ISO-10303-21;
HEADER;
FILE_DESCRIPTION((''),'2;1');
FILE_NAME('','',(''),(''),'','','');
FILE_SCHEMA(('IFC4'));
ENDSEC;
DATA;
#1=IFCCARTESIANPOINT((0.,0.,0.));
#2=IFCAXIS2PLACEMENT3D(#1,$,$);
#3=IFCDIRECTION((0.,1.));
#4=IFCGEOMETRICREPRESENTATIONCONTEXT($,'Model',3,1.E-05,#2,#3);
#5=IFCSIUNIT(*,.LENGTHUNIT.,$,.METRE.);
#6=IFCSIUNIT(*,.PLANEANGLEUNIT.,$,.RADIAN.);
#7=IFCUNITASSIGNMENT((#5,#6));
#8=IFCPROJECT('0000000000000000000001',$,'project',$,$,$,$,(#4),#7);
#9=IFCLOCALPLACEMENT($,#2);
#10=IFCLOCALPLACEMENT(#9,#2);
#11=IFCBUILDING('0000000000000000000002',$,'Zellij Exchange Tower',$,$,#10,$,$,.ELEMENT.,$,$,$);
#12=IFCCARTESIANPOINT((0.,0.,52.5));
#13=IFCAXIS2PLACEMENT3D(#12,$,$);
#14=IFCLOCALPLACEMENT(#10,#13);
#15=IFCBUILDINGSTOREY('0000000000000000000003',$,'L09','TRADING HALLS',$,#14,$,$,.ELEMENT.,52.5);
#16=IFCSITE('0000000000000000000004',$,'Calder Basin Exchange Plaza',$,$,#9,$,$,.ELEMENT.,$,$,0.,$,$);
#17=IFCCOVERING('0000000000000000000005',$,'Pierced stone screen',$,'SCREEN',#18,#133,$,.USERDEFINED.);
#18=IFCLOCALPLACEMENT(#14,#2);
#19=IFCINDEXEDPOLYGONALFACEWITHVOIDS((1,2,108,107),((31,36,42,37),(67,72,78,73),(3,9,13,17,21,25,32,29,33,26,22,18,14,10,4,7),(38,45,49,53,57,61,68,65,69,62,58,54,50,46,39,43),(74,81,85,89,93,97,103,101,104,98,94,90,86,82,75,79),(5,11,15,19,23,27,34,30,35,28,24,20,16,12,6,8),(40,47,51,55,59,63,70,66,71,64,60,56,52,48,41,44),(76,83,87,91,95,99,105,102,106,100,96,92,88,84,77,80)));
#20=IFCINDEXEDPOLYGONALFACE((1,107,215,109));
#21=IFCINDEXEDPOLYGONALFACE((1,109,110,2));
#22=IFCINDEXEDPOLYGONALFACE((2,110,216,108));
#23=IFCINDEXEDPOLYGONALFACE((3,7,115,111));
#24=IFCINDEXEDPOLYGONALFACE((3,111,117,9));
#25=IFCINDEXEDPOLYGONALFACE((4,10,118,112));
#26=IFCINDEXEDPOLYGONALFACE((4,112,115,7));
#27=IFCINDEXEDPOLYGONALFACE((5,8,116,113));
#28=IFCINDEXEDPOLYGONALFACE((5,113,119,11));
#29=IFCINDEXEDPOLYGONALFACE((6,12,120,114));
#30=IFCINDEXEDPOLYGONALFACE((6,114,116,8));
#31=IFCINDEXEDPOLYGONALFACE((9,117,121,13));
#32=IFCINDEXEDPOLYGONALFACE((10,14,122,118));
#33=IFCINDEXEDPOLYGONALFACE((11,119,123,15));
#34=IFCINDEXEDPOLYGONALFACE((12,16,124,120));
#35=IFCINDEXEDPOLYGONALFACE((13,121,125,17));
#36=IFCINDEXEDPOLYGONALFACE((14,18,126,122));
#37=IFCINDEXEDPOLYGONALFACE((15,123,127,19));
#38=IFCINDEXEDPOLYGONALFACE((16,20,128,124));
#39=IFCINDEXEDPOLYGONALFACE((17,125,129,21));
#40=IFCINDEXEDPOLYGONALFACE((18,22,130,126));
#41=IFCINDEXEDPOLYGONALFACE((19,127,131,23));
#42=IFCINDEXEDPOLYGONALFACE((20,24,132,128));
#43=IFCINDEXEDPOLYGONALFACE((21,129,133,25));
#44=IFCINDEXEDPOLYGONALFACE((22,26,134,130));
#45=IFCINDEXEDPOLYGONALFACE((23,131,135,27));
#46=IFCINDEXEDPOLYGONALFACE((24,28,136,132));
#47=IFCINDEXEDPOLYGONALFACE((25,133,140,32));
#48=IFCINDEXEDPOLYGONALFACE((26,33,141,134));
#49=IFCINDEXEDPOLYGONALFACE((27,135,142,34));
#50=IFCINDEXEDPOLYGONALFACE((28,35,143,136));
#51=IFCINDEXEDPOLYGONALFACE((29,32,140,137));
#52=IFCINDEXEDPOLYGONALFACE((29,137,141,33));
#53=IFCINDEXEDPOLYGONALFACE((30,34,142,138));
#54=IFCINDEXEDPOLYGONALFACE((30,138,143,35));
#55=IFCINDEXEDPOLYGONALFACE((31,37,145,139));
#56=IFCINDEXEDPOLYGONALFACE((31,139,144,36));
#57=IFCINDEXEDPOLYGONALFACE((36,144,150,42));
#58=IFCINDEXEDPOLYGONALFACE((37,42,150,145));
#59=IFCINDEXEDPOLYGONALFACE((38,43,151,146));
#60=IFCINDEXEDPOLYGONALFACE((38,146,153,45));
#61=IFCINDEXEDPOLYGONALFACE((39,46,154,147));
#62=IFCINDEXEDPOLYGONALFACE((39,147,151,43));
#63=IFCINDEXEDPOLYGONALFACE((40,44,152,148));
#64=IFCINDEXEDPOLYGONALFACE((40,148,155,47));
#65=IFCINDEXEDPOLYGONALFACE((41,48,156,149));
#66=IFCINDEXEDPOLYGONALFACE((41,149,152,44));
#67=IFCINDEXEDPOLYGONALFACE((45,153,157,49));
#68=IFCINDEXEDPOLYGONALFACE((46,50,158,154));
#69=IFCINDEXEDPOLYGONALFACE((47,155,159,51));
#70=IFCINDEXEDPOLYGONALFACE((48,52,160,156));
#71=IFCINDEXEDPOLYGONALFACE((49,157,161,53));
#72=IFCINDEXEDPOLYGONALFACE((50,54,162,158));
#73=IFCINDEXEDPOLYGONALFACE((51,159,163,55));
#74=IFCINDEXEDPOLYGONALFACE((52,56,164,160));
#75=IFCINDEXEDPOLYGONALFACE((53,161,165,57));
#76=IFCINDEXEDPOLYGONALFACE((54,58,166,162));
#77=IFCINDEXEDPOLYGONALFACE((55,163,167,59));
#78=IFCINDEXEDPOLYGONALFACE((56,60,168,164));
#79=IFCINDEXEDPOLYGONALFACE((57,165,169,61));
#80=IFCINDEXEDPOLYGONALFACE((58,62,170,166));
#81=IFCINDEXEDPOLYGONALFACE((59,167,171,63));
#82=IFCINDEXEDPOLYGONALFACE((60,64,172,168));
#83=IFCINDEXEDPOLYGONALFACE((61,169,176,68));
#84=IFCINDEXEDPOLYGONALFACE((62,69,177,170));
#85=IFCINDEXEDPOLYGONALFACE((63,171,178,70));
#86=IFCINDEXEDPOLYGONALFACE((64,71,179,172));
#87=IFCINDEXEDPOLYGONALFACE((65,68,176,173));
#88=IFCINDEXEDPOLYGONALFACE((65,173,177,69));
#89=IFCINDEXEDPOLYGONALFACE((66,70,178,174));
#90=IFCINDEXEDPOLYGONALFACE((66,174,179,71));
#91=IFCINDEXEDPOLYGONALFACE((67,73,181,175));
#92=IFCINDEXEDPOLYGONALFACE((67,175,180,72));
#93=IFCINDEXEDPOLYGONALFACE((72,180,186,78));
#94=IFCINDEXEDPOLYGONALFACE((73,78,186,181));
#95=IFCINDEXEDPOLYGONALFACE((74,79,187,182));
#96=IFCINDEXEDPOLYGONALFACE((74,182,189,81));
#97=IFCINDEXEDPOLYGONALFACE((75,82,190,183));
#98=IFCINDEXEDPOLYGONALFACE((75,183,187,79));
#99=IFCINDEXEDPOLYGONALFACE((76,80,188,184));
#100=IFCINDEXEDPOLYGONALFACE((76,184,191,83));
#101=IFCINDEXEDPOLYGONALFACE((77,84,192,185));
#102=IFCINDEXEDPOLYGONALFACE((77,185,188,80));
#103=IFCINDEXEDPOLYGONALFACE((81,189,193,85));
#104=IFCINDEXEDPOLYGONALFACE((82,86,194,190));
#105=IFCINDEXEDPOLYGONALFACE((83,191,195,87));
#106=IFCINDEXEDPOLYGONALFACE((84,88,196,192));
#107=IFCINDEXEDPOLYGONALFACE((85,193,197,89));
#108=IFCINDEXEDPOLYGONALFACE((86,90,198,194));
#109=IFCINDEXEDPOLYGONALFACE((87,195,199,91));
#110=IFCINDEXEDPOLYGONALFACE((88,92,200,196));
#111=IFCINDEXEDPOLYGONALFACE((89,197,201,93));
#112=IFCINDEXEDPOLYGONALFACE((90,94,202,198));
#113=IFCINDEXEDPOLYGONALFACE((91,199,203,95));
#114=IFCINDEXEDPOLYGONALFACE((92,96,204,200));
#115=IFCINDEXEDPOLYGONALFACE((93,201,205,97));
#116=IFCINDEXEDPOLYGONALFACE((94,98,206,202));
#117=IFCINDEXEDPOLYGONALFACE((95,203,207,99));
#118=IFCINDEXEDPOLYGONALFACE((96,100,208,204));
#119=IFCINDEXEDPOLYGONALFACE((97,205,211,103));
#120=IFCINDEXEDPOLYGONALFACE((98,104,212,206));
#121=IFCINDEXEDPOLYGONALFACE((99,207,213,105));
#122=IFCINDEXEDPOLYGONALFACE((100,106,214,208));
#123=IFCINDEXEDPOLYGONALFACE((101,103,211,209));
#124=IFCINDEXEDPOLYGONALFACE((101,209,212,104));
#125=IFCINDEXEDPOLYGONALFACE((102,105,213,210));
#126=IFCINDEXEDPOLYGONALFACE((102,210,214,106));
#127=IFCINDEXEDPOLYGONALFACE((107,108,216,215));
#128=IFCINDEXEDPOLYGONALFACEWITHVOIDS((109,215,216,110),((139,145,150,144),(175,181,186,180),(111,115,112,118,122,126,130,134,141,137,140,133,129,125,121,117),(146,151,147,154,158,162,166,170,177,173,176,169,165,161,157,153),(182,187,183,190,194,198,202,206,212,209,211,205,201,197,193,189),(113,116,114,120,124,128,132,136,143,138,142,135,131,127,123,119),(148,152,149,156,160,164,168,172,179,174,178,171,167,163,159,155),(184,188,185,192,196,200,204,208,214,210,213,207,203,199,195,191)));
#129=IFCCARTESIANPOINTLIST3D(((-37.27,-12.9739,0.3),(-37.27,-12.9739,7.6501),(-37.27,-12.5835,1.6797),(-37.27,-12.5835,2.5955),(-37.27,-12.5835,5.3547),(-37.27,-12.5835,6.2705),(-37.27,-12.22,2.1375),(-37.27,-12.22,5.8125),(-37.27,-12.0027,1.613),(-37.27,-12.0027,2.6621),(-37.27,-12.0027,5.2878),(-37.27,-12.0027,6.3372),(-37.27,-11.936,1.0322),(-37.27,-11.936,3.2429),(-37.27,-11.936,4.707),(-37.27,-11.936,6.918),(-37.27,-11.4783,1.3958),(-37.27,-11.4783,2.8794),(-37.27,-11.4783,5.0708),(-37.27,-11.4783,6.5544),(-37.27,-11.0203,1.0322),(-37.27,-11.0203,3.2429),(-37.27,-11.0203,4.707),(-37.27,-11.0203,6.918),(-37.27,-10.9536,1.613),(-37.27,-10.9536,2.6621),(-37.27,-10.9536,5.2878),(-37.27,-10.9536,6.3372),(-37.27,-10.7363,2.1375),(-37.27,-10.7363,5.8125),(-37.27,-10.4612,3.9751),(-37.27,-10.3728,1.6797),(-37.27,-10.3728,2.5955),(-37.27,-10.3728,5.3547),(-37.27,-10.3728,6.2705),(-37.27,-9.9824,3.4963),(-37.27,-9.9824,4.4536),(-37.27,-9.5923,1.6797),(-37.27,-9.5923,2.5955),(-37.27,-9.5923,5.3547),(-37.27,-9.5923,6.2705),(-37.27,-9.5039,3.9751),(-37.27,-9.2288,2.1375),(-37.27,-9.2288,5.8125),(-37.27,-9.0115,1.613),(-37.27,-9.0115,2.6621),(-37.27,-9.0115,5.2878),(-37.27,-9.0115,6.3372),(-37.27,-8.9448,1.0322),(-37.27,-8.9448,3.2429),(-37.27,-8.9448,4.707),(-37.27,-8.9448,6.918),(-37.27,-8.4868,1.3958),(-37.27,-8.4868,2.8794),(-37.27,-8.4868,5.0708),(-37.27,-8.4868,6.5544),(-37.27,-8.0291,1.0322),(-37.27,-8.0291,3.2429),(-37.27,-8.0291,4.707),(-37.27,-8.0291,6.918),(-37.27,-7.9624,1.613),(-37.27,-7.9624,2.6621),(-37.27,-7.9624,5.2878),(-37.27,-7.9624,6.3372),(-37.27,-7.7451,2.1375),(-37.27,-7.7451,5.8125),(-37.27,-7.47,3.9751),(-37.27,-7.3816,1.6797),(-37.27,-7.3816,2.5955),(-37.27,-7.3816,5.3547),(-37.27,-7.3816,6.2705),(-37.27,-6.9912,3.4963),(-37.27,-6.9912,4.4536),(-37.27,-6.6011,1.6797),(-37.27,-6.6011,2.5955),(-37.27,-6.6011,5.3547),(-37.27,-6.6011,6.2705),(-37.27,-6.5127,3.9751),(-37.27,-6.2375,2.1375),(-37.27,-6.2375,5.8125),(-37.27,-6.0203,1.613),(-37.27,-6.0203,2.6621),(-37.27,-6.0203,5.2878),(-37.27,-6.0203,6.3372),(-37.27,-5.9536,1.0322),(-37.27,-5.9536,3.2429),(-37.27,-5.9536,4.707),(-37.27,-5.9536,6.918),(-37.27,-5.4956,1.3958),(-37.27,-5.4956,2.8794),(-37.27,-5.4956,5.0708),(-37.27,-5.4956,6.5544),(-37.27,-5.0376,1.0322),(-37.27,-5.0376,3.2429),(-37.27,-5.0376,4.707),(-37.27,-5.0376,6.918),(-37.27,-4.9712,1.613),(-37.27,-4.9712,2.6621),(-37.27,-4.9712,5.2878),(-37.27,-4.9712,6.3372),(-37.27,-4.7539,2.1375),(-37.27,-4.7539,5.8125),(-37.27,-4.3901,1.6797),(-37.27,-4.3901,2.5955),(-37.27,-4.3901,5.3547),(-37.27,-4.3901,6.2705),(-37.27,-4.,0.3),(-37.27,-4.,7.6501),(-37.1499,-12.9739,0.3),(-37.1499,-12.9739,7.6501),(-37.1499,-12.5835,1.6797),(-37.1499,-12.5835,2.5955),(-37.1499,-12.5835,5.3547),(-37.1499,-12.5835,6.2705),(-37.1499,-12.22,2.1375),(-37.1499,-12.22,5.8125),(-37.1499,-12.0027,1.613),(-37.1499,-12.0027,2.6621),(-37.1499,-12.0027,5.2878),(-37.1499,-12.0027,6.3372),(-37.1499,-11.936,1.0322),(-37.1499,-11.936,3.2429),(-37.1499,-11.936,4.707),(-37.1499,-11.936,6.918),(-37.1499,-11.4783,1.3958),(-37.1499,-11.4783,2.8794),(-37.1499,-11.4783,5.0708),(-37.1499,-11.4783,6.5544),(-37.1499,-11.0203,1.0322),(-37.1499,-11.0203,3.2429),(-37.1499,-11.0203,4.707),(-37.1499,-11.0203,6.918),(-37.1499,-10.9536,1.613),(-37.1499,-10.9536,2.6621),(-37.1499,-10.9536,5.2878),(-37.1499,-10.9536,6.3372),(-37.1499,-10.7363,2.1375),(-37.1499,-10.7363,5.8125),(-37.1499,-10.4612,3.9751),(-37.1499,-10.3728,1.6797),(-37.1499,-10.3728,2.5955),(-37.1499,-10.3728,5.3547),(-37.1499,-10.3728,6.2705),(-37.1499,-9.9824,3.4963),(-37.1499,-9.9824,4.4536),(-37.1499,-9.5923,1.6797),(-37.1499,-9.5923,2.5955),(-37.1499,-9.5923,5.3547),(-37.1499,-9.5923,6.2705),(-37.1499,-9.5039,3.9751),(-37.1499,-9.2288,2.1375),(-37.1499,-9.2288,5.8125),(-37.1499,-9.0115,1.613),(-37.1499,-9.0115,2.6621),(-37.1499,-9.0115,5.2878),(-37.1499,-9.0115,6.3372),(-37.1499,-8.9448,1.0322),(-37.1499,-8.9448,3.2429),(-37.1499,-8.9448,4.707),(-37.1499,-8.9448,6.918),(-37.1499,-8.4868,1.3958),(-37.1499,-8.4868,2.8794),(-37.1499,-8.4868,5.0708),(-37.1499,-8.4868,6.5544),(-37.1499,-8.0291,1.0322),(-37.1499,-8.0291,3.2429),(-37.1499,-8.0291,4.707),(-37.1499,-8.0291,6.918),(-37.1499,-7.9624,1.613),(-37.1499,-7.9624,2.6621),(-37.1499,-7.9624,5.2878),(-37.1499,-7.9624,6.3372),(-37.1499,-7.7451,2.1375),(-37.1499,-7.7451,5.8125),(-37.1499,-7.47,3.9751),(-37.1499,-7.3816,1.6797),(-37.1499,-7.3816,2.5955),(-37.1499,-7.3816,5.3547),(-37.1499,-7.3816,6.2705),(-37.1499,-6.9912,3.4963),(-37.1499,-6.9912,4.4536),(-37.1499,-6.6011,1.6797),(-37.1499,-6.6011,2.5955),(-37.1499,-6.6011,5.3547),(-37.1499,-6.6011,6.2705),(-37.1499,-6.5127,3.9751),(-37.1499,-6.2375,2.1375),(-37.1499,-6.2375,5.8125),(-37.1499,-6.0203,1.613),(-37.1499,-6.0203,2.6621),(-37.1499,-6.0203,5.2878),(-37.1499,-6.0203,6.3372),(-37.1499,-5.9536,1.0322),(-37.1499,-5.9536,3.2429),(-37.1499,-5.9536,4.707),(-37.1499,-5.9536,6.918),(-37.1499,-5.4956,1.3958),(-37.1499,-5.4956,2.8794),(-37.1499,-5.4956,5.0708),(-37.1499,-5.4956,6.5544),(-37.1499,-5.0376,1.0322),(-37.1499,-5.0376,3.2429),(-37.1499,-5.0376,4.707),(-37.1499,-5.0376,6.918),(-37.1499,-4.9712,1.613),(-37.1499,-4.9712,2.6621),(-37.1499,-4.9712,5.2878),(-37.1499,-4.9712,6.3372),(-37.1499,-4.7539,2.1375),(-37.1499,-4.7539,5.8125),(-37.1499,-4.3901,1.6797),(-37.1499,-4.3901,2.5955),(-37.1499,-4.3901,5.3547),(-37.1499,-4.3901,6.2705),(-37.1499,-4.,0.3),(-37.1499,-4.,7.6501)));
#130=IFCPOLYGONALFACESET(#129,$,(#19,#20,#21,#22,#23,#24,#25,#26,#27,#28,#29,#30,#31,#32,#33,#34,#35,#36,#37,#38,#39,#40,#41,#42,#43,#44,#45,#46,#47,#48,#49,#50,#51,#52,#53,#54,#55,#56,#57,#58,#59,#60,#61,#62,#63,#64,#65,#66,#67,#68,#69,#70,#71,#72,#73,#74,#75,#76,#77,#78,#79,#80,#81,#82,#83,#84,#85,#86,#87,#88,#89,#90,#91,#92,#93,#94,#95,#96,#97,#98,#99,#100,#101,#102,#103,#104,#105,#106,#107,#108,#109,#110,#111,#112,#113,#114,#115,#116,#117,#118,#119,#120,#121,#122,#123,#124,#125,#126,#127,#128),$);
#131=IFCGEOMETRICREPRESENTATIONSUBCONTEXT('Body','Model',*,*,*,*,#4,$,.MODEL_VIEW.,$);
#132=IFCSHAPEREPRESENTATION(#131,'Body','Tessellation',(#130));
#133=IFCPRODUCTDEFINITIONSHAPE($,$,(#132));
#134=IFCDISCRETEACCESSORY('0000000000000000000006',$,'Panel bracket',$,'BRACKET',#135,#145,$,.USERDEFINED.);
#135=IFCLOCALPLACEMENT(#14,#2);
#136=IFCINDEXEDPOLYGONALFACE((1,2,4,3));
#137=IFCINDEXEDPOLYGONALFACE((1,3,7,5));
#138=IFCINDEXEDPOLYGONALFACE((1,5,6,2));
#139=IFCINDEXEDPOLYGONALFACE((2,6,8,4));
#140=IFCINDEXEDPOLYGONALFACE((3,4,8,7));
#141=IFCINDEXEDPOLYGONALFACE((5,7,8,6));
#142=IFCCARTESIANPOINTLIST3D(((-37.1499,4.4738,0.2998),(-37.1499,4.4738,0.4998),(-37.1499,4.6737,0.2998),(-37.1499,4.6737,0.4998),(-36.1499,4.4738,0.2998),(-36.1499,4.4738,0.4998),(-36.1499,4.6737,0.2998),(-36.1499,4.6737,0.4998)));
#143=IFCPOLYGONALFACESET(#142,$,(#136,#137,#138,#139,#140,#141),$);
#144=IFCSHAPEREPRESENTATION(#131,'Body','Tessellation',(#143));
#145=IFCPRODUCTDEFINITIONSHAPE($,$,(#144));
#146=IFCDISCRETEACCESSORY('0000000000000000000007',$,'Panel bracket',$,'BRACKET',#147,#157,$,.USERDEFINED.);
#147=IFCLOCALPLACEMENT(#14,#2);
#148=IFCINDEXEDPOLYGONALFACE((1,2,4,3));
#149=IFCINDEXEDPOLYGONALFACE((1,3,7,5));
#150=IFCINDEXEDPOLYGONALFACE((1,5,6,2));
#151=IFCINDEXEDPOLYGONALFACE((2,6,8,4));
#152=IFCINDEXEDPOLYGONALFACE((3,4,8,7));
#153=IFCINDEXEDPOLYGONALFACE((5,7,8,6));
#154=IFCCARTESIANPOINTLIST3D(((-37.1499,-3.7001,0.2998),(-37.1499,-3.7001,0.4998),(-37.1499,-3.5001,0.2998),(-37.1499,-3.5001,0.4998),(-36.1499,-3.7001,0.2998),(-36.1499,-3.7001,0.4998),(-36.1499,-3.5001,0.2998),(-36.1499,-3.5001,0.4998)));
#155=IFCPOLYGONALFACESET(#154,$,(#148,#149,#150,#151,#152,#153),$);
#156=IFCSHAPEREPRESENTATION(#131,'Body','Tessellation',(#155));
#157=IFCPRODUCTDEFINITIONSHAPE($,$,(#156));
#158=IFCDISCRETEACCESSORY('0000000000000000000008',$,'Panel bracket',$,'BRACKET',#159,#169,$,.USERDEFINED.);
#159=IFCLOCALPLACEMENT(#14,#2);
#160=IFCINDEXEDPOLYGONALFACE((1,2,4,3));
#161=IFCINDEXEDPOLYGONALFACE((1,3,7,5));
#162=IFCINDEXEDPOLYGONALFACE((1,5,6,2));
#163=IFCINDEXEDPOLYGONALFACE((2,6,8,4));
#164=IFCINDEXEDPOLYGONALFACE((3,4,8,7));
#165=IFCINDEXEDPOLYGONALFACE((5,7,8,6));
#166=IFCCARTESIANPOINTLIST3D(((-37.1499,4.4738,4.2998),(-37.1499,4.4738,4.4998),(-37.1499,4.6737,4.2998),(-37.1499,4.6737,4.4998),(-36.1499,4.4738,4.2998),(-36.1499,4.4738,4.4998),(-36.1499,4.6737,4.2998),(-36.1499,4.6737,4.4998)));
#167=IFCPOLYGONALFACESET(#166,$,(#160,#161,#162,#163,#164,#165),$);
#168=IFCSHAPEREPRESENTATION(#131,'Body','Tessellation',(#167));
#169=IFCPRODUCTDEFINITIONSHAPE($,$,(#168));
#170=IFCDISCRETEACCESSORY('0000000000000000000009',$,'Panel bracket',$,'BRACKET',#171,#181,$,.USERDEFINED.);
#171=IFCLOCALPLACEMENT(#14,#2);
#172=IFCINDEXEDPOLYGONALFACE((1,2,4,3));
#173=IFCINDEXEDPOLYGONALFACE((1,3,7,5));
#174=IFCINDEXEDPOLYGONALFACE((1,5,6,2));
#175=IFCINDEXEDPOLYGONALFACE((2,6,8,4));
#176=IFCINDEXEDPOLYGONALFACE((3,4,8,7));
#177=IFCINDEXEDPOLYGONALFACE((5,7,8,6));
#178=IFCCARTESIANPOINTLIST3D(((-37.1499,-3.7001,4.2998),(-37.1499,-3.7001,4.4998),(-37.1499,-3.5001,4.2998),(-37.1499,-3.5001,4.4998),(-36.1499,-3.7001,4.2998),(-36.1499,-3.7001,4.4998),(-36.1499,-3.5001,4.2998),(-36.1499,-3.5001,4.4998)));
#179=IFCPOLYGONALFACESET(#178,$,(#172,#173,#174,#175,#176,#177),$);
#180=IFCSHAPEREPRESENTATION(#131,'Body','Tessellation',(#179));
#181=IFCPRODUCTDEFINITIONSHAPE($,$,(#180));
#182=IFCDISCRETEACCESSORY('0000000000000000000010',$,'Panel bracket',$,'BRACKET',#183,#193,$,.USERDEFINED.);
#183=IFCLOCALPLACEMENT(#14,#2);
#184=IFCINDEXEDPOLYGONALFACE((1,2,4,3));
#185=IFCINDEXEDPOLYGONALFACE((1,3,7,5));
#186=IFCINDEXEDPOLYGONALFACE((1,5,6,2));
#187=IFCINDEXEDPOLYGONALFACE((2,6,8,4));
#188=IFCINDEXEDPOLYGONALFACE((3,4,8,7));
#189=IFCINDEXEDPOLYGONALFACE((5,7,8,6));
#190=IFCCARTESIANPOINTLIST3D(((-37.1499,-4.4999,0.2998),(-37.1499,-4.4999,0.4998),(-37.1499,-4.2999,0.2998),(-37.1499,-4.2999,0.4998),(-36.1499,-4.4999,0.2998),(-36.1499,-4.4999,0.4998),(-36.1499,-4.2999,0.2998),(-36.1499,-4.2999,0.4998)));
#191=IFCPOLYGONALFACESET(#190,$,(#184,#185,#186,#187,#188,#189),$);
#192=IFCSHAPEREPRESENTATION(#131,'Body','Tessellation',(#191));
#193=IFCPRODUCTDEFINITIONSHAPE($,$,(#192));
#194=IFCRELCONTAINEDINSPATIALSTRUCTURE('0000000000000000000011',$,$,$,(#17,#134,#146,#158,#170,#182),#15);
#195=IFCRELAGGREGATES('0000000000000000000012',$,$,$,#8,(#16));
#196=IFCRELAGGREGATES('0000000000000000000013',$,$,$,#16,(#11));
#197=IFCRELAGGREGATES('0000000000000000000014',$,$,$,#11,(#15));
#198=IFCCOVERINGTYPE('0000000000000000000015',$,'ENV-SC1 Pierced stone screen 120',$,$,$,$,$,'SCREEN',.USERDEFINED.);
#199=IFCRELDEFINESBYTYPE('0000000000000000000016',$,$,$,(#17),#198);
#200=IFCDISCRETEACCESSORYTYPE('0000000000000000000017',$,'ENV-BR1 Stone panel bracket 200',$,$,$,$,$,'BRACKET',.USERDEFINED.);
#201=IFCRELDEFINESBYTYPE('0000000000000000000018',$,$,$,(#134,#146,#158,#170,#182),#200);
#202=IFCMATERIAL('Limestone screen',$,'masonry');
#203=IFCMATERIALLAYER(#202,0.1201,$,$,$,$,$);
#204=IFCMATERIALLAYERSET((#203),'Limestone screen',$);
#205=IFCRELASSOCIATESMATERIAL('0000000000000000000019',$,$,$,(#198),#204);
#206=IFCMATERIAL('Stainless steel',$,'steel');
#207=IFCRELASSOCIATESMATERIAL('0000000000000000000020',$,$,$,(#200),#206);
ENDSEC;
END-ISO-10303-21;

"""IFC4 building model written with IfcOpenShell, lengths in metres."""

from ifc_helpers import new_model, si_unit, direction, frame, origin, origin_2d, place, context, subcontext, project, spatial, polyline, rectangle, outline, extrude, material, layer, layer_set, type_object, element, save


model = new_model("IFC4")

# Units and contexts
model_context = context("Model", 3, precision=1e-05, world=origin(), true_north=direction((0.0, 1.0)))
body_context = subcontext(model_context, "Body", "Model", "MODEL_VIEW")
ifc_project = project(units=[si_unit("LENGTHUNIT", "METRE"), si_unit("PLANEANGLEUNIT", "RADIAN")], contexts=[model_context])

# Site, building, storey
site_placement = place(None, origin())
site = spatial("IfcSite", under=ifc_project, at=site_placement, Name="Calder Basin Exchange Plaza", CompositionType="ELEMENT", RefElevation=0.0)
building_placement = place(site_placement, origin())
building = spatial("IfcBuilding", under=site, at=building_placement, Name="Zellij Exchange Tower", CompositionType="ELEMENT")
storey_placement = place(building_placement, frame((0.0, 0.0, 52.5)))
storey = spatial("IfcBuildingStorey", under=building, at=storey_placement, Name="L09", Description="TRADING HALLS", CompositionType="ELEMENT", Elevation=52.5)

# Covering
ifc_material_1 = material(Name="Limestone screen", Category="masonry")
ifc_layer_1 = layer(ifc_material_1, 0.1201)
ifc_layer_set_1 = layer_set([ifc_layer_1], Name="Limestone screen")
covering_type = type_object("IfcCoveringType", Name="ENV-SC1 Pierced stone screen 120", ElementType="SCREEN", PredefinedType="USERDEFINED", material=ifc_layer_set_1)
covering_1_placement = place(storey_placement, frame((-37.21, -4.0, 0.3), z_axis=(0.0, 0.0, 1.0), x_axis=(0.0, -1.0, 0.0)))
element("IfcCovering", 1, at=covering_1_placement, inside=storey, type_object=covering_type, Name="Pierced stone screen", ObjectType="SCREEN", PredefinedType="USERDEFINED", context=body_context, shape_type="SweptSolid", body=[
    extrude(outline(polyline([(0.0, 0.0), (8.9739, 0.0), (8.9739, 7.3501), (0.0, 7.3501), (0.0, 0.0)]), holes=[polyline([(2.6011, 2.2954), (2.0203, 2.3621), (1.9536, 2.9429), (1.4956, 2.5793), (1.0376, 2.9429), (0.9712, 2.3621), (0.3901, 2.2954), (0.7539, 1.8374), (0.3901, 1.3796), (0.9712, 1.313), (1.0376, 0.7322), (1.4956, 1.0957), (1.9536, 0.7322), (2.0203, 1.313), (2.6011, 1.3796), (2.2375, 1.8374), (2.6011, 2.2954)]), polyline([(2.6011, 5.9705), (2.0203, 6.0371), (1.9536, 6.6179), (1.4956, 6.2544), (1.0376, 6.6179), (0.9712, 6.0371), (0.3901, 5.9705), (0.7539, 5.5125), (0.3901, 5.0547), (0.9712, 4.9878), (1.0376, 4.407), (1.4956, 4.7708), (1.9536, 4.407), (2.0203, 4.9878), (2.6011, 5.0547), (2.2375, 5.5125), (2.6011, 5.9705)]), polyline([(5.5923, 2.2954), (5.0115, 2.3621), (4.9448, 2.9429), (4.4868, 2.5793), (4.0291, 2.9429), (3.9624, 2.3621), (3.3816, 2.2954), (3.7451, 1.8374), (3.3816, 1.3796), (3.9624, 1.313), (4.0291, 0.7322), (4.4868, 1.0957), (4.9448, 0.7322), (5.0115, 1.313), (5.5923, 1.3796), (5.2288, 1.8374), (5.5923, 2.2954)]), polyline([(5.5923, 5.9705), (5.0115, 6.0371), (4.9448, 6.6179), (4.4868, 6.2544), (4.0291, 6.6179), (3.9624, 6.0371), (3.3816, 5.9705), (3.7451, 5.5125), (3.3816, 5.0547), (3.9624, 4.9878), (4.0291, 4.407), (4.4868, 4.7708), (4.9448, 4.407), (5.0115, 4.9878), (5.5923, 5.0547), (5.2288, 5.5125), (5.5923, 5.9705)]), polyline([(8.5835, 2.2954), (8.0027, 2.3621), (7.936, 2.9429), (7.4783, 2.5793), (7.0203, 2.9429), (6.9536, 2.3621), (6.3728, 2.2954), (6.7363, 1.8374), (6.3728, 1.3796), (6.9536, 1.313), (7.0203, 0.7322), (7.4783, 1.0957), (7.936, 0.7322), (8.0027, 1.313), (8.5835, 1.3796), (8.22, 1.8374), (8.5835, 2.2954)]), polyline([(8.5835, 5.9705), (8.0027, 6.0371), (7.936, 6.6179), (7.4783, 6.2544), (7.0203, 6.6179), (6.9536, 6.0371), (6.3728, 5.9705), (6.7363, 5.5125), (6.3728, 5.0547), (6.9536, 4.9878), (7.0203, 4.407), (7.4783, 4.7708), (7.936, 4.407), (8.0027, 4.9878), (8.5835, 5.0547), (8.22, 5.5125), (8.5835, 5.9705)]), polyline([(3.47, 3.675), (2.9912, 4.1536), (2.5127, 3.675), (2.9912, 3.1963), (3.47, 3.675)]), polyline([(6.4612, 3.675), (5.9824, 4.1536), (5.5039, 3.675), (5.9824, 3.1963), (6.4612, 3.675)])]), frame((0.0, 0.0601, 0.0), z_axis=(0.0, -1.0, 0.0), x_axis=(1.0, 0.0, 0.0)), (0.0, 0.0, 1.0), 0.1201),
])

# Discrete accessories
ifc_material_2 = material(Name="Stainless steel", Category="steel")
discrete_accessory_type = type_object("IfcDiscreteAccessoryType", Name="ENV-BR1 Stone panel bracket 200", ElementType="BRACKET", PredefinedType="USERDEFINED", material=ifc_material_2)
for number, where, z_axis, x_axis, name in (
    (2, (-36.6499, 4.5737, 0.2998), (0.0, 0.0, 1.0), (0.0, -1.0, 0.0), "Panel bracket"),
    (3, (-36.6499, -3.6001, 0.2998), (0.0, 0.0, 1.0), (0.0, -1.0, 0.0), "Panel bracket"),
    (4, (-36.6499, 4.5737, 4.2998), (0.0, 0.0, 1.0), (0.0, -1.0, 0.0), "Panel bracket"),
    (5, (-36.6499, -3.6001, 4.2998), (0.0, 0.0, 1.0), (0.0, -1.0, 0.0), "Panel bracket"),
    (6, (-36.6499, -4.3999, 0.2998), (0.0, 0.0, 1.0), (0.0, -1.0, 0.0), "Panel bracket"),
):
    element("IfcDiscreteAccessory", number, at=place(storey_placement, frame(where, z_axis=z_axis, x_axis=x_axis)), inside=storey, type_object=discrete_accessory_type, Name=name, ObjectType="BRACKET", PredefinedType="USERDEFINED", context=body_context, shape_type="SweptSolid", body=[
        extrude(rectangle(XDim=0.2, YDim=1.0, at=origin_2d()), origin(), (0.0, 0.0, 1.0), 0.2),
    ])

save(model, "model.ifc")
